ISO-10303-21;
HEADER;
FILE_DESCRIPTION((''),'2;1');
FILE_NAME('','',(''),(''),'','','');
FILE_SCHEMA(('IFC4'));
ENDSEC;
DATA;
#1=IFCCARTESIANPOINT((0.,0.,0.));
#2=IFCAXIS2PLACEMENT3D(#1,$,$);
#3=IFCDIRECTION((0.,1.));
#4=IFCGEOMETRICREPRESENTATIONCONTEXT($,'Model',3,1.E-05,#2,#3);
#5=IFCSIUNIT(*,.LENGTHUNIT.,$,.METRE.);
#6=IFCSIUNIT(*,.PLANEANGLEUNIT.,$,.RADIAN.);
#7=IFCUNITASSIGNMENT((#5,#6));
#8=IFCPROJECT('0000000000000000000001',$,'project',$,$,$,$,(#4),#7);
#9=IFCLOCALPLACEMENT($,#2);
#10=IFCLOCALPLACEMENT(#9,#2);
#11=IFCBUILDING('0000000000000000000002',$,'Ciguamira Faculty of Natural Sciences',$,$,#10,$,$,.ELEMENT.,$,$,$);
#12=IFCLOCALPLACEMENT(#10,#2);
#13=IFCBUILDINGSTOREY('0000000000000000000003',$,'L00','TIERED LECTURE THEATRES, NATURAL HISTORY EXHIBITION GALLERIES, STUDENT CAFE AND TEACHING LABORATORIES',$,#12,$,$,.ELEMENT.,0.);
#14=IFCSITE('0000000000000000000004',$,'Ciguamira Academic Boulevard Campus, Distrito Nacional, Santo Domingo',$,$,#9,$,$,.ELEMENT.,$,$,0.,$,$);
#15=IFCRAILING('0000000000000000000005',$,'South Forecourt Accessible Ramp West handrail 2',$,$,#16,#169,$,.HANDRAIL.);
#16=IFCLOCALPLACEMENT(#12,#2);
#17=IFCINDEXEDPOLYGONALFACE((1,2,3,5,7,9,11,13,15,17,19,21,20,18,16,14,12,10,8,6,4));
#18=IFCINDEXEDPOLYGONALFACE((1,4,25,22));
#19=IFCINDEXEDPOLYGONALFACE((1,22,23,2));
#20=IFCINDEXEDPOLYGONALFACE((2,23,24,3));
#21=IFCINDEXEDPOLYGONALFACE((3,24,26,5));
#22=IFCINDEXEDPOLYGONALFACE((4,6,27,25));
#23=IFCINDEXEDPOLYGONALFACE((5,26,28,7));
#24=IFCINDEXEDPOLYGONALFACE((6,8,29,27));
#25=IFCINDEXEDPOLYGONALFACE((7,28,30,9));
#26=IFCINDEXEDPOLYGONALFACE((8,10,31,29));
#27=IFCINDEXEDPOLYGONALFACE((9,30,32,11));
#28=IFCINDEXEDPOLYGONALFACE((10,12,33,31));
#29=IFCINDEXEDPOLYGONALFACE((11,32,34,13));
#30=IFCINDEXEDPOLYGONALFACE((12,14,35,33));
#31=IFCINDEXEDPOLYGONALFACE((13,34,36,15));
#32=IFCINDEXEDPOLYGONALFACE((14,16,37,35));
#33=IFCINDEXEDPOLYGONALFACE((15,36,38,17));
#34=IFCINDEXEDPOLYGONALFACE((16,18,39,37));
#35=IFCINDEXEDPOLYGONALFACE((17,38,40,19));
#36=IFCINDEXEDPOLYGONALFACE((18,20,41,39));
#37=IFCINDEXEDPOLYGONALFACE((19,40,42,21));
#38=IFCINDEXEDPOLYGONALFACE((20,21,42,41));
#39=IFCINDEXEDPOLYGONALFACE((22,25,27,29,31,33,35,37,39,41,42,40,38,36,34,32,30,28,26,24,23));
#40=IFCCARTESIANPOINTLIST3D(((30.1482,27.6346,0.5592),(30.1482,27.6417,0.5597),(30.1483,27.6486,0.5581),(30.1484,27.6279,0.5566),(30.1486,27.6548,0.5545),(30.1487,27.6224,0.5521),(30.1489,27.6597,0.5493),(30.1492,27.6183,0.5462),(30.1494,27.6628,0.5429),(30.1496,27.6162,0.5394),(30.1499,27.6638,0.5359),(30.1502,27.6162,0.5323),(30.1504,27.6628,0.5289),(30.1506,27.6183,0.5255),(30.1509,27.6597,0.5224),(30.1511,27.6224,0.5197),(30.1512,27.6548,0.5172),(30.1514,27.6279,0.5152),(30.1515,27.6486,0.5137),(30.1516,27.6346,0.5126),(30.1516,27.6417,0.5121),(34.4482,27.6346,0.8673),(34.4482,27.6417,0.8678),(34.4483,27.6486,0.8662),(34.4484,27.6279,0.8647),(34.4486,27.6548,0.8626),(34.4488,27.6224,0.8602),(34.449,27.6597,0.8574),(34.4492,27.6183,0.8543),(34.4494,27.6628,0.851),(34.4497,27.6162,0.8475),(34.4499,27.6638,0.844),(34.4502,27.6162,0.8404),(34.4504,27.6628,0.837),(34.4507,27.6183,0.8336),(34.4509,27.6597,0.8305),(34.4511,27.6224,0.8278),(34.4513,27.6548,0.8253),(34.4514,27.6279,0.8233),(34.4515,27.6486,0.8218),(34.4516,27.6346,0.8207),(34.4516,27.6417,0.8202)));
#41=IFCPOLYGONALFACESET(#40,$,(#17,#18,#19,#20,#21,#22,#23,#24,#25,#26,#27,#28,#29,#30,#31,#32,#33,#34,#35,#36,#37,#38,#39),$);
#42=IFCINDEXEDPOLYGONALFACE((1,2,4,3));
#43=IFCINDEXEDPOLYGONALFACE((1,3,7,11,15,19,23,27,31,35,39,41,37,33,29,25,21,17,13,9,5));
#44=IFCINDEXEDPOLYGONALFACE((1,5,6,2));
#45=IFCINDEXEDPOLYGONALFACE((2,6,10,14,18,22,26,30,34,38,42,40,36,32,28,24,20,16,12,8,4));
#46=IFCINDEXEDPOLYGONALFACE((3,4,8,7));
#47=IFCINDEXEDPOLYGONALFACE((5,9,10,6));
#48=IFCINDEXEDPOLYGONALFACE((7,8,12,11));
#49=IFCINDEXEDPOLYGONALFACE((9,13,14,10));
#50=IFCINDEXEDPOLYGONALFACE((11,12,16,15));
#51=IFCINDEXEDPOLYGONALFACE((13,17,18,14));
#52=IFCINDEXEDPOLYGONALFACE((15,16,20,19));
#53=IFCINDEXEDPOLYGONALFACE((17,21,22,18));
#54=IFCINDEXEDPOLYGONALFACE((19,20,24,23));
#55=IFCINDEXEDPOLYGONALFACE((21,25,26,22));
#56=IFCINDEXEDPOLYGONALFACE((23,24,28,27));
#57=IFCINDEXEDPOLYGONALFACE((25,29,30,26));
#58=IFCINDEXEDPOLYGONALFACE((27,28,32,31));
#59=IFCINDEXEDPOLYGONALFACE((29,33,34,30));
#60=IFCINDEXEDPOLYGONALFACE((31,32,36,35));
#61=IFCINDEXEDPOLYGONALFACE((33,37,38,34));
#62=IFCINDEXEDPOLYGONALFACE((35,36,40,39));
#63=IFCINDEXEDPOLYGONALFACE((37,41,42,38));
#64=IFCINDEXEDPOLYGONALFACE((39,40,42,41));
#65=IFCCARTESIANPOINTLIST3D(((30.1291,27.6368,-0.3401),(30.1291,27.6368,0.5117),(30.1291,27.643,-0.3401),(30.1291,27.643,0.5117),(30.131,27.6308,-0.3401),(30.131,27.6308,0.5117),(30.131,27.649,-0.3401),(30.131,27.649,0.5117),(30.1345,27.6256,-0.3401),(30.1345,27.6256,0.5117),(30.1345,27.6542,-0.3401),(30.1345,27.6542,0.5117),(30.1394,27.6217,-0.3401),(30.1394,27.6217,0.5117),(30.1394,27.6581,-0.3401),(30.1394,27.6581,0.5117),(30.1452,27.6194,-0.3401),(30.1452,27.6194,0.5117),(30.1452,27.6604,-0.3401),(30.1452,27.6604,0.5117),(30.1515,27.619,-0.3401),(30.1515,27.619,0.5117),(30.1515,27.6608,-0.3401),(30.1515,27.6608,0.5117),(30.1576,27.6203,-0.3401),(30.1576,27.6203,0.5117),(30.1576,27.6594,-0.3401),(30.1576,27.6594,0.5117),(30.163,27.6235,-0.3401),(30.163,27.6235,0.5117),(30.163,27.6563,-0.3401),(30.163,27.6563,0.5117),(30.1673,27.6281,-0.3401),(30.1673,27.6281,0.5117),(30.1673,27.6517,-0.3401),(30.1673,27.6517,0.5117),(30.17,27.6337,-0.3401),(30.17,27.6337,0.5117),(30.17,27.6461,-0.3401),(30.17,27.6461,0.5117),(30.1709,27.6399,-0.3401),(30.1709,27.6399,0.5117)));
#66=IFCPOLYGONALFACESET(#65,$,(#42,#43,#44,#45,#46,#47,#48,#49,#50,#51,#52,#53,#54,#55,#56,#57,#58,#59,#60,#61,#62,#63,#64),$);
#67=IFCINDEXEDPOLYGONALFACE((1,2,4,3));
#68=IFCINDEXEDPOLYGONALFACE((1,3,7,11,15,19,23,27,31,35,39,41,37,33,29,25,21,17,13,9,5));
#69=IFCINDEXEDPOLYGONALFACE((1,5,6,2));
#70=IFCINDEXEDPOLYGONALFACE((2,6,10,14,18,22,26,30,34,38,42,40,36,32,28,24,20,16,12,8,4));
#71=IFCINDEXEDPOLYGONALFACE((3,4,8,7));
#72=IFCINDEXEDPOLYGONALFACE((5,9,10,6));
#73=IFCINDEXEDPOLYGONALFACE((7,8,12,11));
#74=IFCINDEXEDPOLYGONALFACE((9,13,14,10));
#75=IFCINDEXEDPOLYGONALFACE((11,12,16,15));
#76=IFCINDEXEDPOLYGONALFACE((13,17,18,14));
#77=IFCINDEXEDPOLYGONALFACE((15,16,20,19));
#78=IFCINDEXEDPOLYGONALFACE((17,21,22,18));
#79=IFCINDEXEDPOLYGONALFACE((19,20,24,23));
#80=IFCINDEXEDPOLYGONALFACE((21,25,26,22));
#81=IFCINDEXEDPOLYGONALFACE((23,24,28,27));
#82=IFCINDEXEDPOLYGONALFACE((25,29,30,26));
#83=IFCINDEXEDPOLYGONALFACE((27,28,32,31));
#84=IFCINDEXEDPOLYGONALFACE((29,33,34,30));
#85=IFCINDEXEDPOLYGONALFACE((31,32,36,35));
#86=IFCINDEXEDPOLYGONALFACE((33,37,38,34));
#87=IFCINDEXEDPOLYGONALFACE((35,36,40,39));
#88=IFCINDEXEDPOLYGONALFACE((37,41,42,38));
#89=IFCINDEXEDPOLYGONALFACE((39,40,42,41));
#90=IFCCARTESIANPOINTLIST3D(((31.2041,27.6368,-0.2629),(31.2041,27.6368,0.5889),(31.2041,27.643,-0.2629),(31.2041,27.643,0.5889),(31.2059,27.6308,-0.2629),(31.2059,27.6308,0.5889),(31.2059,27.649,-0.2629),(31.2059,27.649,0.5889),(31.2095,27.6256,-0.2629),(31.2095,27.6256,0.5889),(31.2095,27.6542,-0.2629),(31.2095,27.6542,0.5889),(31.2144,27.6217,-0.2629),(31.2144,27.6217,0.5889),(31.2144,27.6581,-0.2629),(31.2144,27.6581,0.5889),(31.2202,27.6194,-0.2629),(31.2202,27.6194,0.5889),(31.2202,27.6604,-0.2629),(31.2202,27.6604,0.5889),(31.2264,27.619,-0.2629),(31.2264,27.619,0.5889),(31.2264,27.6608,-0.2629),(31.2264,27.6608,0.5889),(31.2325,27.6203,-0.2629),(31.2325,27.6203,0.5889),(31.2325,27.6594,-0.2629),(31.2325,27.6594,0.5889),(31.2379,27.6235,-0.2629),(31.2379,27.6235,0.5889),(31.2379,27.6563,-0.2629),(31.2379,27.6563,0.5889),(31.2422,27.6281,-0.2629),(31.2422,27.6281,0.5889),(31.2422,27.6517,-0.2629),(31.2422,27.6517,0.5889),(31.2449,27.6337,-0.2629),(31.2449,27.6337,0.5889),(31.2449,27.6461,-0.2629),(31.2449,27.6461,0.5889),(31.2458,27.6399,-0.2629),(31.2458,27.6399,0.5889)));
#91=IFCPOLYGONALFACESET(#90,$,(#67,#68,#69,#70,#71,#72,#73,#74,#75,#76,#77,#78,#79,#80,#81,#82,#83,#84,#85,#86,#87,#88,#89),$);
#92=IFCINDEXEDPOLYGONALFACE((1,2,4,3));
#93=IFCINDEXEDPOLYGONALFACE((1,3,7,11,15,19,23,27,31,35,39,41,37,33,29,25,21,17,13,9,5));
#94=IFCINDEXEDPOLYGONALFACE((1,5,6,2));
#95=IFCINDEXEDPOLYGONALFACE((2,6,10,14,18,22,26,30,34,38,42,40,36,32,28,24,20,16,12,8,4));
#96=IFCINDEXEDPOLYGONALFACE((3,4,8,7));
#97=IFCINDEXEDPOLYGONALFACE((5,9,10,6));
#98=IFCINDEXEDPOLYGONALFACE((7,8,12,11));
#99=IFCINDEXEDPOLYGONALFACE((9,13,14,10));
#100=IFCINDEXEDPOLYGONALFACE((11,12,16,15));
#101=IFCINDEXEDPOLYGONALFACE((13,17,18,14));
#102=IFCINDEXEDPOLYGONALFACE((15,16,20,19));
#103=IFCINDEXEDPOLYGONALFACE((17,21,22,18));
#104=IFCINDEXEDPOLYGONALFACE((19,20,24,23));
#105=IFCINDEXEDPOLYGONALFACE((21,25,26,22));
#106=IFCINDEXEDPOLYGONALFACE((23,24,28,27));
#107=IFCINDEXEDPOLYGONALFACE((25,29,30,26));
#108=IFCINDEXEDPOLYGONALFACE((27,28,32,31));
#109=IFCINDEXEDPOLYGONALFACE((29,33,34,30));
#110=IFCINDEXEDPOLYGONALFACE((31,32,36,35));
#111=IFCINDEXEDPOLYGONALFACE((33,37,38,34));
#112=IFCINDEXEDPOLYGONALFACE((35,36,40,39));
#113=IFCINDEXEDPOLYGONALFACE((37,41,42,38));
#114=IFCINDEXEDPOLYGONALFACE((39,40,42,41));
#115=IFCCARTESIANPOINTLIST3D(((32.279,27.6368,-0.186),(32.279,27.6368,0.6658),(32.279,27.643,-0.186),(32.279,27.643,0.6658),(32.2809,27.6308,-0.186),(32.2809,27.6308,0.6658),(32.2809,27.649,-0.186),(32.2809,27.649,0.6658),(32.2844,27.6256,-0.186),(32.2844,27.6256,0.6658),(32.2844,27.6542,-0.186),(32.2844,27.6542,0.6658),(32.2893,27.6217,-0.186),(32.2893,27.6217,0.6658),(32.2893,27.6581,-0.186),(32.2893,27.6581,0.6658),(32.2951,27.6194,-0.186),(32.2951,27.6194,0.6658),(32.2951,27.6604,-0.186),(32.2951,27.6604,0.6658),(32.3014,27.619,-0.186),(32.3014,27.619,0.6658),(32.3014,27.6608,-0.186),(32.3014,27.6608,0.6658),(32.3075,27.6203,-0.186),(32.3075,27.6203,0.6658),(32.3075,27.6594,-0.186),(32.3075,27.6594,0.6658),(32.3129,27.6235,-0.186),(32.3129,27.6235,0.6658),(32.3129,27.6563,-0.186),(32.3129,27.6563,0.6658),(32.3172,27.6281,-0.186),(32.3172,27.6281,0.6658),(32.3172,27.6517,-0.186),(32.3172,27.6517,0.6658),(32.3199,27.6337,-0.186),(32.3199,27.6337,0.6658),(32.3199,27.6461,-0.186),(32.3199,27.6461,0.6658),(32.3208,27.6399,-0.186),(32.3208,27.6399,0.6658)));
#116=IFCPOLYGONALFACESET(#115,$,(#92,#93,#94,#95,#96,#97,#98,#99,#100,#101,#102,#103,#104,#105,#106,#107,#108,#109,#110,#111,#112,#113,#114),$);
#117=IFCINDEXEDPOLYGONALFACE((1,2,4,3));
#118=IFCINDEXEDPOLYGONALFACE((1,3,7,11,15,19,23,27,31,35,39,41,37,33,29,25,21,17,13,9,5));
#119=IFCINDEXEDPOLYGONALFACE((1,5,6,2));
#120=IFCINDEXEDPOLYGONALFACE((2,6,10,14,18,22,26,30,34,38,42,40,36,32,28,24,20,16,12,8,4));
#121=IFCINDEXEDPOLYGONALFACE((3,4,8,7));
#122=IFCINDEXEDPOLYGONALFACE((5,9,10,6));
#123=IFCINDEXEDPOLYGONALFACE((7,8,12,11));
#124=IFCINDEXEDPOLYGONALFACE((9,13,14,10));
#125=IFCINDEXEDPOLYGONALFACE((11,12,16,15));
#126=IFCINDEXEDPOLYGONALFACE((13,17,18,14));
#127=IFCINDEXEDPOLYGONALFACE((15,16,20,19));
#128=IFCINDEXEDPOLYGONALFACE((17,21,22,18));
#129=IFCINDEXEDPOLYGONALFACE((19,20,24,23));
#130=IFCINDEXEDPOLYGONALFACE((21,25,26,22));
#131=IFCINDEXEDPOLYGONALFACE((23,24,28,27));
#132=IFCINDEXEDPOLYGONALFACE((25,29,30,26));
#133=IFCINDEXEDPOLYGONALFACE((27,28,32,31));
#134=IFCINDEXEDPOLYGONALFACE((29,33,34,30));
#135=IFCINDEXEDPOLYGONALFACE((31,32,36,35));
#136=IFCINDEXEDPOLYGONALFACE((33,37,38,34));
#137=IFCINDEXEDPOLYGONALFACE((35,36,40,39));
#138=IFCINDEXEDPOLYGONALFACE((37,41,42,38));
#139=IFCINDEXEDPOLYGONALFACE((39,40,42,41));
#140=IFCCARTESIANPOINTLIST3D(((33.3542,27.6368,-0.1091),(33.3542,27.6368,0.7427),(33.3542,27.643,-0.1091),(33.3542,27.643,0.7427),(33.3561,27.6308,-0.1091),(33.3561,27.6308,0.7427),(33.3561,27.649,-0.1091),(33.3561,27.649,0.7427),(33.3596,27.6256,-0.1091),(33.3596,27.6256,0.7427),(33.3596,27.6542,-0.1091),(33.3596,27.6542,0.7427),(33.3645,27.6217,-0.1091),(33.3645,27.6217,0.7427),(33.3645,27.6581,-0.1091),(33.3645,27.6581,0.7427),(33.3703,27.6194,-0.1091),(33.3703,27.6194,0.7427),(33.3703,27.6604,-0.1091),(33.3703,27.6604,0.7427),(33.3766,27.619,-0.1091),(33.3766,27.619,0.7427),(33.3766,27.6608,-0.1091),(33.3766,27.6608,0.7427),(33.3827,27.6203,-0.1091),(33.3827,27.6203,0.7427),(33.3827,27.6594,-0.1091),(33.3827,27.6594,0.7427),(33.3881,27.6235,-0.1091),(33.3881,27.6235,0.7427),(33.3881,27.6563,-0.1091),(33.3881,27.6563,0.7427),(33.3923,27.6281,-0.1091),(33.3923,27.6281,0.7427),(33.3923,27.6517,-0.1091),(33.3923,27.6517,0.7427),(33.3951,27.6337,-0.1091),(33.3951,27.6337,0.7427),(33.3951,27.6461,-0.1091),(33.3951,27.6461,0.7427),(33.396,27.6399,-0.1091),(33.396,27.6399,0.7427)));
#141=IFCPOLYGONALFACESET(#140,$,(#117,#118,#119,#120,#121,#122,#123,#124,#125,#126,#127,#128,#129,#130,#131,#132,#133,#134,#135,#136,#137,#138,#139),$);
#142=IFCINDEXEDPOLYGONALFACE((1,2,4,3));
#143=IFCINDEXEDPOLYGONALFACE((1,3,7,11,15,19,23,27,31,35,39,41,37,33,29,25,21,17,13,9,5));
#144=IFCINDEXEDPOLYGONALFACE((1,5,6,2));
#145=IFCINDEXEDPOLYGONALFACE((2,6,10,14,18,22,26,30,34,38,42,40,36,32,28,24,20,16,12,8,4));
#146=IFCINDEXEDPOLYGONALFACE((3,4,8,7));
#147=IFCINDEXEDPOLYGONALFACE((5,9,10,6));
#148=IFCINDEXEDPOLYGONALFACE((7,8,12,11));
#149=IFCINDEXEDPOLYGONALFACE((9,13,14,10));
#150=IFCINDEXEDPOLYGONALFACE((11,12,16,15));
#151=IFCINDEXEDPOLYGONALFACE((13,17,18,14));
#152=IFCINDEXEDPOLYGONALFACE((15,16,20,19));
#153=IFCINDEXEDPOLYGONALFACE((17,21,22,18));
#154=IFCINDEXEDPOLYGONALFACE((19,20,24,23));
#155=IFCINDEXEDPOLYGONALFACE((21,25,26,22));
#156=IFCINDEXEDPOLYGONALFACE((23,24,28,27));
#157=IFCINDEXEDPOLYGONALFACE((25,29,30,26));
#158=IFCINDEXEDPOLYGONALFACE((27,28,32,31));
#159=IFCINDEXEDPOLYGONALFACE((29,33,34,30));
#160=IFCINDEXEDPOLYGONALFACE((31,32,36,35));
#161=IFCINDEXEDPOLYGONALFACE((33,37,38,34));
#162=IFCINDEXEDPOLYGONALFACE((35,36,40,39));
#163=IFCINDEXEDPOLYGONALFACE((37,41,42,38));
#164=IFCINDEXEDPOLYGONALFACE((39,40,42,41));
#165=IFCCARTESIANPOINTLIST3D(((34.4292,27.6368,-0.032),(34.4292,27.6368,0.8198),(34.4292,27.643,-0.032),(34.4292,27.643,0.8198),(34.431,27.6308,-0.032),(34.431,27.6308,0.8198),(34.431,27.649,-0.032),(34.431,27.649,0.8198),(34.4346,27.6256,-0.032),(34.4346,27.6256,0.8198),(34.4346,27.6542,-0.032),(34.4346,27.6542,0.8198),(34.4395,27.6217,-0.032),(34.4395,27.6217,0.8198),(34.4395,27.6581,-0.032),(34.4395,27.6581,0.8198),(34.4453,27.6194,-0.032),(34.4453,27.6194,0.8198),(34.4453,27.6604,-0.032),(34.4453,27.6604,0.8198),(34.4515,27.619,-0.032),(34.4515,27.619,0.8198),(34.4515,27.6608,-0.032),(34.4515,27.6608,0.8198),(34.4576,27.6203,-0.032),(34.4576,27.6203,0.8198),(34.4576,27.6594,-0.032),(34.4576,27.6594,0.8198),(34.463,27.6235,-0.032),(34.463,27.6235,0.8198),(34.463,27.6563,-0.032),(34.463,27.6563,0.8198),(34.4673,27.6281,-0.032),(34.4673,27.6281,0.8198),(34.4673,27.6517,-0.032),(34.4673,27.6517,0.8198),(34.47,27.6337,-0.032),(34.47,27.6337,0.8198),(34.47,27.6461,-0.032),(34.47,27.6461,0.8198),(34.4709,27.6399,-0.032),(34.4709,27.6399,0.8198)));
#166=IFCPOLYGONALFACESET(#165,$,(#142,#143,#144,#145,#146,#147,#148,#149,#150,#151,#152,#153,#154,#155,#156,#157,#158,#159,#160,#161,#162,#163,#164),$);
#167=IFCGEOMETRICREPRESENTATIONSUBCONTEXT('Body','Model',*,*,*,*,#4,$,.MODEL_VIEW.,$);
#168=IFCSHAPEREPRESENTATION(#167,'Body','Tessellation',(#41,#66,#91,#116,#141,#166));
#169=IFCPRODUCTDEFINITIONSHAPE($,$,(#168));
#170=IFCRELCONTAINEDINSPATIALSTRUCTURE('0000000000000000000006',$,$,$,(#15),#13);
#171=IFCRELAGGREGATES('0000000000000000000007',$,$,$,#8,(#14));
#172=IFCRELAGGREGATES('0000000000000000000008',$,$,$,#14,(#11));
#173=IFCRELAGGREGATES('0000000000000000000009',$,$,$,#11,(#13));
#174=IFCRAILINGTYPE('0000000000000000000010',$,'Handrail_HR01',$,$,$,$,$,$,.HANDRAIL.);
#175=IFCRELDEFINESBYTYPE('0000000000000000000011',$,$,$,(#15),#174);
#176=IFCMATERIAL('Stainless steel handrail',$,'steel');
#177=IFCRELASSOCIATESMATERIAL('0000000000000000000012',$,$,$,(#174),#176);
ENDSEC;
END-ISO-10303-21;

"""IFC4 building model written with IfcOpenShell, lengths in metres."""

from ifc_helpers import new_model, si_unit, direction, frame, origin, origin_2d, place, context, subcontext, project, spatial, circle, extrude, material, type_object, element, save


model = new_model("IFC4")

# Units and contexts
model_context = context("Model", 3, precision=1e-05, world=origin(), true_north=direction((0.0, 1.0)))
body_context = subcontext(model_context, "Body", "Model", "MODEL_VIEW")
ifc_project = project(units=[si_unit("LENGTHUNIT", "METRE"), si_unit("PLANEANGLEUNIT", "RADIAN")], contexts=[model_context])

# Site, building, storey
site_placement = place(None, origin())
site = spatial("IfcSite", under=ifc_project, at=site_placement, Name="Ciguamira Academic Boulevard Campus, Distrito Nacional, Santo Domingo", CompositionType="ELEMENT", RefElevation=0.0)
building_placement = place(site_placement, origin())
building = spatial("IfcBuilding", under=site, at=building_placement, Name="Ciguamira Faculty of Natural Sciences", CompositionType="ELEMENT")
storey_placement = place(building_placement, origin())
storey = spatial("IfcBuildingStorey", under=building, at=storey_placement, Name="L00", Description="TIERED LECTURE THEATRES, NATURAL HISTORY EXHIBITION GALLERIES, STUDENT CAFE AND TEACHING LABORATORIES", CompositionType="ELEMENT", Elevation=0.0)

# Railing
ifc_material_1 = material(Name="Stainless steel handrail", Category="steel")
railing_type = type_object("IfcRailingType", Name="Handrail_HR01", PredefinedType="HANDRAIL", material=ifc_material_1)
for number, where, name in (
    (1, (30.1499, 27.6399, -0.3401), "South Forecourt Accessible Ramp West handrail 2"),
):
    element("IfcRailing", number, at=place(storey_placement, frame(where)), inside=storey, type_object=railing_type, Name=name, PredefinedType="HANDRAIL", context=body_context, shape_type="SweptSolid", body=[
        extrude(circle(Radius=0.0239, at=origin_2d()), frame((0.0, 0.0, 0.876), z_axis=(0.997443, 0.0, 0.071468), x_axis=(0.0, 1.0, 0.0)), (0.0, 0.0, 1.0), 4.311),
        extrude(circle(Radius=0.021, at=origin_2d()), origin(), (0.0, 0.0, 1.0), 0.8518),
        extrude(circle(Radius=0.021, at=origin_2d()), frame((1.075, 0.0, 0.0771)), (0.0, 0.0, 1.0), 0.8518),
        extrude(circle(Radius=0.021, at=origin_2d()), frame((2.1499, 0.0, 0.1541)), (0.0, 0.0, 1.0), 0.8518),
        extrude(circle(Radius=0.021, at=origin_2d()), frame((3.2251, 0.0, 0.231)), (0.0, 0.0, 1.0), 0.8518),
        extrude(circle(Radius=0.021, at=origin_2d()), frame((4.3, 0.0, 0.3081)), (0.0, 0.0, 1.0), 0.8518),
    ])

save(model, "model.ifc")
